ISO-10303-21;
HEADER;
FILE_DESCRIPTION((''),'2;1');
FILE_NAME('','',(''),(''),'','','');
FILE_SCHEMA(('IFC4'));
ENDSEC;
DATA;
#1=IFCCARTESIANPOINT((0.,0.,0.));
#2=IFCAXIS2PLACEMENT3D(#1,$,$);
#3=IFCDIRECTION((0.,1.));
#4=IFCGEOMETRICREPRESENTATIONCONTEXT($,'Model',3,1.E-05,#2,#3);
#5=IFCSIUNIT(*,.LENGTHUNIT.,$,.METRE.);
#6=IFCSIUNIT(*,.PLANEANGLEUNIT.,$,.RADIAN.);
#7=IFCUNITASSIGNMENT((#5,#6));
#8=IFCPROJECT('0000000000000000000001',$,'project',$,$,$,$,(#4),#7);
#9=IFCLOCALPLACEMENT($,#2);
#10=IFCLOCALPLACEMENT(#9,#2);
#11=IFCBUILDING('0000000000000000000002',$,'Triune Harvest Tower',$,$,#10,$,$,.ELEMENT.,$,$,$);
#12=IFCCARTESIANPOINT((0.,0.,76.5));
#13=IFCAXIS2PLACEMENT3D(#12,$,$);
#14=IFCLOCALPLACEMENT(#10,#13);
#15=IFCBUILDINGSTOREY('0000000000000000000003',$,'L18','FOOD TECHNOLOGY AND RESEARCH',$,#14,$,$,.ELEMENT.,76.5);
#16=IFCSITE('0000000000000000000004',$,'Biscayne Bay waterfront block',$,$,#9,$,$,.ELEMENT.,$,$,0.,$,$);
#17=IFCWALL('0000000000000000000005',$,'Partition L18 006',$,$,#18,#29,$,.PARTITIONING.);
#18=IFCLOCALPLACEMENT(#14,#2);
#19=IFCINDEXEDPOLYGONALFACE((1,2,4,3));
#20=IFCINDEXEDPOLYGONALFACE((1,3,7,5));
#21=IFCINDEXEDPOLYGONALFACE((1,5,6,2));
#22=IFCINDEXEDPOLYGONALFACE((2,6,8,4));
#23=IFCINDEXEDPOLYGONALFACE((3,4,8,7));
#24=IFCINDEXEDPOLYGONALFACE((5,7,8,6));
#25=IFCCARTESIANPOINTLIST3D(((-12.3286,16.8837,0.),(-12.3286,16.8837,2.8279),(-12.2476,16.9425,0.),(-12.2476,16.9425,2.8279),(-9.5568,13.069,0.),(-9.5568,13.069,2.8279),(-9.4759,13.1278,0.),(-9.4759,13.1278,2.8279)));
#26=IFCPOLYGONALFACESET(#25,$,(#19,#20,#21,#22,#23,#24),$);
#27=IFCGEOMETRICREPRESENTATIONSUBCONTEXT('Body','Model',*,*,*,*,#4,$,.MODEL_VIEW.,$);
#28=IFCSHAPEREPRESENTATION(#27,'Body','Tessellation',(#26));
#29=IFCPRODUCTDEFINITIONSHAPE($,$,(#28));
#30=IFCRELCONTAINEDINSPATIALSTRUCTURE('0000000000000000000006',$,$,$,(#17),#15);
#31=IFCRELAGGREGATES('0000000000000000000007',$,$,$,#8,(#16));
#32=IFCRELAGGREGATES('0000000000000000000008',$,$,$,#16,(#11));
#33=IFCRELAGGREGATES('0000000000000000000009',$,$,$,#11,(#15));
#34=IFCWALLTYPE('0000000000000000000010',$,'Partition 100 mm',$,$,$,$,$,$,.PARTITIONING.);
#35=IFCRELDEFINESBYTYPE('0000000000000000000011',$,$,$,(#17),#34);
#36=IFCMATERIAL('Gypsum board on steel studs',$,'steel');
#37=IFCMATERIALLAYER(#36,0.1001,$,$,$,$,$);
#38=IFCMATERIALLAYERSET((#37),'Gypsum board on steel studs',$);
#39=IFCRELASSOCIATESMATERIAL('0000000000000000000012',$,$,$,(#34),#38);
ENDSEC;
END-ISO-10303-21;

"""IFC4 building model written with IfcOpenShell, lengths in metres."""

from ifc_helpers import new_model, si_unit, direction, frame, frame_2d, origin, place, context, subcontext, project, spatial, rectangle, extrude, source, transform, mapped, material, layer, layer_set, type_object, element, save


model = new_model("IFC4")

# Units and contexts
model_context = context("Model", 3, precision=1e-05, world=origin(), true_north=direction((0.0, 1.0)))
body_context = subcontext(model_context, "Body", "Model", "MODEL_VIEW")
ifc_project = project(units=[si_unit("LENGTHUNIT", "METRE"), si_unit("PLANEANGLEUNIT", "RADIAN")], contexts=[model_context])

# Site, building, storey
site_placement = place(None, origin())
site = spatial("IfcSite", under=ifc_project, at=site_placement, Name="Biscayne Bay waterfront block", CompositionType="ELEMENT", RefElevation=0.0)
building_placement = place(site_placement, origin())
building = spatial("IfcBuilding", under=site, at=building_placement, Name="Triune Harvest Tower", CompositionType="ELEMENT")
storey_placement = place(building_placement, frame((0.0, 0.0, 76.5)))
storey = spatial("IfcBuildingStorey", under=building, at=storey_placement, Name="L18", Description="FOOD TECHNOLOGY AND RESEARCH", CompositionType="ELEMENT", Elevation=76.5)

# Wall
ifc_material_1 = material(Name="Gypsum board on steel studs", Category="steel")
ifc_layer_1 = layer(ifc_material_1, 0.1001)
ifc_layer_set_1 = layer_set([ifc_layer_1], Name="Gypsum board on steel studs")
wall_type_1 = type_object("IfcWallType", Name="Partition 100 mm", PredefinedType="PARTITIONING", material=ifc_layer_set_1)
shared_shape_1 = source(origin(), body_context, "Body", "SweptSolid", [
    extrude(rectangle(XDim=4.7153, YDim=0.1001, at=frame_2d((2.3577, 0.0))), origin(), (0.0, 0.0, 1.0), 2.8279),
])
wall_1_placement = place(storey_placement, frame((-12.2881, 16.9131, 0.0), z_axis=(0.0, 0.0, 1.0), x_axis=(0.587811, -0.808998, 0.0)))
element("IfcWall", 1, at=wall_1_placement, inside=storey, type_object=wall_type_1, Name="Partition L18 006", PredefinedType="PARTITIONING", context=body_context, shape_type="MappedRepresentation", body=[
    mapped(shared_shape_1, transform((0.0, 0.0, 0.0), scale=1.0)),
])

save(model, "model.ifc")
